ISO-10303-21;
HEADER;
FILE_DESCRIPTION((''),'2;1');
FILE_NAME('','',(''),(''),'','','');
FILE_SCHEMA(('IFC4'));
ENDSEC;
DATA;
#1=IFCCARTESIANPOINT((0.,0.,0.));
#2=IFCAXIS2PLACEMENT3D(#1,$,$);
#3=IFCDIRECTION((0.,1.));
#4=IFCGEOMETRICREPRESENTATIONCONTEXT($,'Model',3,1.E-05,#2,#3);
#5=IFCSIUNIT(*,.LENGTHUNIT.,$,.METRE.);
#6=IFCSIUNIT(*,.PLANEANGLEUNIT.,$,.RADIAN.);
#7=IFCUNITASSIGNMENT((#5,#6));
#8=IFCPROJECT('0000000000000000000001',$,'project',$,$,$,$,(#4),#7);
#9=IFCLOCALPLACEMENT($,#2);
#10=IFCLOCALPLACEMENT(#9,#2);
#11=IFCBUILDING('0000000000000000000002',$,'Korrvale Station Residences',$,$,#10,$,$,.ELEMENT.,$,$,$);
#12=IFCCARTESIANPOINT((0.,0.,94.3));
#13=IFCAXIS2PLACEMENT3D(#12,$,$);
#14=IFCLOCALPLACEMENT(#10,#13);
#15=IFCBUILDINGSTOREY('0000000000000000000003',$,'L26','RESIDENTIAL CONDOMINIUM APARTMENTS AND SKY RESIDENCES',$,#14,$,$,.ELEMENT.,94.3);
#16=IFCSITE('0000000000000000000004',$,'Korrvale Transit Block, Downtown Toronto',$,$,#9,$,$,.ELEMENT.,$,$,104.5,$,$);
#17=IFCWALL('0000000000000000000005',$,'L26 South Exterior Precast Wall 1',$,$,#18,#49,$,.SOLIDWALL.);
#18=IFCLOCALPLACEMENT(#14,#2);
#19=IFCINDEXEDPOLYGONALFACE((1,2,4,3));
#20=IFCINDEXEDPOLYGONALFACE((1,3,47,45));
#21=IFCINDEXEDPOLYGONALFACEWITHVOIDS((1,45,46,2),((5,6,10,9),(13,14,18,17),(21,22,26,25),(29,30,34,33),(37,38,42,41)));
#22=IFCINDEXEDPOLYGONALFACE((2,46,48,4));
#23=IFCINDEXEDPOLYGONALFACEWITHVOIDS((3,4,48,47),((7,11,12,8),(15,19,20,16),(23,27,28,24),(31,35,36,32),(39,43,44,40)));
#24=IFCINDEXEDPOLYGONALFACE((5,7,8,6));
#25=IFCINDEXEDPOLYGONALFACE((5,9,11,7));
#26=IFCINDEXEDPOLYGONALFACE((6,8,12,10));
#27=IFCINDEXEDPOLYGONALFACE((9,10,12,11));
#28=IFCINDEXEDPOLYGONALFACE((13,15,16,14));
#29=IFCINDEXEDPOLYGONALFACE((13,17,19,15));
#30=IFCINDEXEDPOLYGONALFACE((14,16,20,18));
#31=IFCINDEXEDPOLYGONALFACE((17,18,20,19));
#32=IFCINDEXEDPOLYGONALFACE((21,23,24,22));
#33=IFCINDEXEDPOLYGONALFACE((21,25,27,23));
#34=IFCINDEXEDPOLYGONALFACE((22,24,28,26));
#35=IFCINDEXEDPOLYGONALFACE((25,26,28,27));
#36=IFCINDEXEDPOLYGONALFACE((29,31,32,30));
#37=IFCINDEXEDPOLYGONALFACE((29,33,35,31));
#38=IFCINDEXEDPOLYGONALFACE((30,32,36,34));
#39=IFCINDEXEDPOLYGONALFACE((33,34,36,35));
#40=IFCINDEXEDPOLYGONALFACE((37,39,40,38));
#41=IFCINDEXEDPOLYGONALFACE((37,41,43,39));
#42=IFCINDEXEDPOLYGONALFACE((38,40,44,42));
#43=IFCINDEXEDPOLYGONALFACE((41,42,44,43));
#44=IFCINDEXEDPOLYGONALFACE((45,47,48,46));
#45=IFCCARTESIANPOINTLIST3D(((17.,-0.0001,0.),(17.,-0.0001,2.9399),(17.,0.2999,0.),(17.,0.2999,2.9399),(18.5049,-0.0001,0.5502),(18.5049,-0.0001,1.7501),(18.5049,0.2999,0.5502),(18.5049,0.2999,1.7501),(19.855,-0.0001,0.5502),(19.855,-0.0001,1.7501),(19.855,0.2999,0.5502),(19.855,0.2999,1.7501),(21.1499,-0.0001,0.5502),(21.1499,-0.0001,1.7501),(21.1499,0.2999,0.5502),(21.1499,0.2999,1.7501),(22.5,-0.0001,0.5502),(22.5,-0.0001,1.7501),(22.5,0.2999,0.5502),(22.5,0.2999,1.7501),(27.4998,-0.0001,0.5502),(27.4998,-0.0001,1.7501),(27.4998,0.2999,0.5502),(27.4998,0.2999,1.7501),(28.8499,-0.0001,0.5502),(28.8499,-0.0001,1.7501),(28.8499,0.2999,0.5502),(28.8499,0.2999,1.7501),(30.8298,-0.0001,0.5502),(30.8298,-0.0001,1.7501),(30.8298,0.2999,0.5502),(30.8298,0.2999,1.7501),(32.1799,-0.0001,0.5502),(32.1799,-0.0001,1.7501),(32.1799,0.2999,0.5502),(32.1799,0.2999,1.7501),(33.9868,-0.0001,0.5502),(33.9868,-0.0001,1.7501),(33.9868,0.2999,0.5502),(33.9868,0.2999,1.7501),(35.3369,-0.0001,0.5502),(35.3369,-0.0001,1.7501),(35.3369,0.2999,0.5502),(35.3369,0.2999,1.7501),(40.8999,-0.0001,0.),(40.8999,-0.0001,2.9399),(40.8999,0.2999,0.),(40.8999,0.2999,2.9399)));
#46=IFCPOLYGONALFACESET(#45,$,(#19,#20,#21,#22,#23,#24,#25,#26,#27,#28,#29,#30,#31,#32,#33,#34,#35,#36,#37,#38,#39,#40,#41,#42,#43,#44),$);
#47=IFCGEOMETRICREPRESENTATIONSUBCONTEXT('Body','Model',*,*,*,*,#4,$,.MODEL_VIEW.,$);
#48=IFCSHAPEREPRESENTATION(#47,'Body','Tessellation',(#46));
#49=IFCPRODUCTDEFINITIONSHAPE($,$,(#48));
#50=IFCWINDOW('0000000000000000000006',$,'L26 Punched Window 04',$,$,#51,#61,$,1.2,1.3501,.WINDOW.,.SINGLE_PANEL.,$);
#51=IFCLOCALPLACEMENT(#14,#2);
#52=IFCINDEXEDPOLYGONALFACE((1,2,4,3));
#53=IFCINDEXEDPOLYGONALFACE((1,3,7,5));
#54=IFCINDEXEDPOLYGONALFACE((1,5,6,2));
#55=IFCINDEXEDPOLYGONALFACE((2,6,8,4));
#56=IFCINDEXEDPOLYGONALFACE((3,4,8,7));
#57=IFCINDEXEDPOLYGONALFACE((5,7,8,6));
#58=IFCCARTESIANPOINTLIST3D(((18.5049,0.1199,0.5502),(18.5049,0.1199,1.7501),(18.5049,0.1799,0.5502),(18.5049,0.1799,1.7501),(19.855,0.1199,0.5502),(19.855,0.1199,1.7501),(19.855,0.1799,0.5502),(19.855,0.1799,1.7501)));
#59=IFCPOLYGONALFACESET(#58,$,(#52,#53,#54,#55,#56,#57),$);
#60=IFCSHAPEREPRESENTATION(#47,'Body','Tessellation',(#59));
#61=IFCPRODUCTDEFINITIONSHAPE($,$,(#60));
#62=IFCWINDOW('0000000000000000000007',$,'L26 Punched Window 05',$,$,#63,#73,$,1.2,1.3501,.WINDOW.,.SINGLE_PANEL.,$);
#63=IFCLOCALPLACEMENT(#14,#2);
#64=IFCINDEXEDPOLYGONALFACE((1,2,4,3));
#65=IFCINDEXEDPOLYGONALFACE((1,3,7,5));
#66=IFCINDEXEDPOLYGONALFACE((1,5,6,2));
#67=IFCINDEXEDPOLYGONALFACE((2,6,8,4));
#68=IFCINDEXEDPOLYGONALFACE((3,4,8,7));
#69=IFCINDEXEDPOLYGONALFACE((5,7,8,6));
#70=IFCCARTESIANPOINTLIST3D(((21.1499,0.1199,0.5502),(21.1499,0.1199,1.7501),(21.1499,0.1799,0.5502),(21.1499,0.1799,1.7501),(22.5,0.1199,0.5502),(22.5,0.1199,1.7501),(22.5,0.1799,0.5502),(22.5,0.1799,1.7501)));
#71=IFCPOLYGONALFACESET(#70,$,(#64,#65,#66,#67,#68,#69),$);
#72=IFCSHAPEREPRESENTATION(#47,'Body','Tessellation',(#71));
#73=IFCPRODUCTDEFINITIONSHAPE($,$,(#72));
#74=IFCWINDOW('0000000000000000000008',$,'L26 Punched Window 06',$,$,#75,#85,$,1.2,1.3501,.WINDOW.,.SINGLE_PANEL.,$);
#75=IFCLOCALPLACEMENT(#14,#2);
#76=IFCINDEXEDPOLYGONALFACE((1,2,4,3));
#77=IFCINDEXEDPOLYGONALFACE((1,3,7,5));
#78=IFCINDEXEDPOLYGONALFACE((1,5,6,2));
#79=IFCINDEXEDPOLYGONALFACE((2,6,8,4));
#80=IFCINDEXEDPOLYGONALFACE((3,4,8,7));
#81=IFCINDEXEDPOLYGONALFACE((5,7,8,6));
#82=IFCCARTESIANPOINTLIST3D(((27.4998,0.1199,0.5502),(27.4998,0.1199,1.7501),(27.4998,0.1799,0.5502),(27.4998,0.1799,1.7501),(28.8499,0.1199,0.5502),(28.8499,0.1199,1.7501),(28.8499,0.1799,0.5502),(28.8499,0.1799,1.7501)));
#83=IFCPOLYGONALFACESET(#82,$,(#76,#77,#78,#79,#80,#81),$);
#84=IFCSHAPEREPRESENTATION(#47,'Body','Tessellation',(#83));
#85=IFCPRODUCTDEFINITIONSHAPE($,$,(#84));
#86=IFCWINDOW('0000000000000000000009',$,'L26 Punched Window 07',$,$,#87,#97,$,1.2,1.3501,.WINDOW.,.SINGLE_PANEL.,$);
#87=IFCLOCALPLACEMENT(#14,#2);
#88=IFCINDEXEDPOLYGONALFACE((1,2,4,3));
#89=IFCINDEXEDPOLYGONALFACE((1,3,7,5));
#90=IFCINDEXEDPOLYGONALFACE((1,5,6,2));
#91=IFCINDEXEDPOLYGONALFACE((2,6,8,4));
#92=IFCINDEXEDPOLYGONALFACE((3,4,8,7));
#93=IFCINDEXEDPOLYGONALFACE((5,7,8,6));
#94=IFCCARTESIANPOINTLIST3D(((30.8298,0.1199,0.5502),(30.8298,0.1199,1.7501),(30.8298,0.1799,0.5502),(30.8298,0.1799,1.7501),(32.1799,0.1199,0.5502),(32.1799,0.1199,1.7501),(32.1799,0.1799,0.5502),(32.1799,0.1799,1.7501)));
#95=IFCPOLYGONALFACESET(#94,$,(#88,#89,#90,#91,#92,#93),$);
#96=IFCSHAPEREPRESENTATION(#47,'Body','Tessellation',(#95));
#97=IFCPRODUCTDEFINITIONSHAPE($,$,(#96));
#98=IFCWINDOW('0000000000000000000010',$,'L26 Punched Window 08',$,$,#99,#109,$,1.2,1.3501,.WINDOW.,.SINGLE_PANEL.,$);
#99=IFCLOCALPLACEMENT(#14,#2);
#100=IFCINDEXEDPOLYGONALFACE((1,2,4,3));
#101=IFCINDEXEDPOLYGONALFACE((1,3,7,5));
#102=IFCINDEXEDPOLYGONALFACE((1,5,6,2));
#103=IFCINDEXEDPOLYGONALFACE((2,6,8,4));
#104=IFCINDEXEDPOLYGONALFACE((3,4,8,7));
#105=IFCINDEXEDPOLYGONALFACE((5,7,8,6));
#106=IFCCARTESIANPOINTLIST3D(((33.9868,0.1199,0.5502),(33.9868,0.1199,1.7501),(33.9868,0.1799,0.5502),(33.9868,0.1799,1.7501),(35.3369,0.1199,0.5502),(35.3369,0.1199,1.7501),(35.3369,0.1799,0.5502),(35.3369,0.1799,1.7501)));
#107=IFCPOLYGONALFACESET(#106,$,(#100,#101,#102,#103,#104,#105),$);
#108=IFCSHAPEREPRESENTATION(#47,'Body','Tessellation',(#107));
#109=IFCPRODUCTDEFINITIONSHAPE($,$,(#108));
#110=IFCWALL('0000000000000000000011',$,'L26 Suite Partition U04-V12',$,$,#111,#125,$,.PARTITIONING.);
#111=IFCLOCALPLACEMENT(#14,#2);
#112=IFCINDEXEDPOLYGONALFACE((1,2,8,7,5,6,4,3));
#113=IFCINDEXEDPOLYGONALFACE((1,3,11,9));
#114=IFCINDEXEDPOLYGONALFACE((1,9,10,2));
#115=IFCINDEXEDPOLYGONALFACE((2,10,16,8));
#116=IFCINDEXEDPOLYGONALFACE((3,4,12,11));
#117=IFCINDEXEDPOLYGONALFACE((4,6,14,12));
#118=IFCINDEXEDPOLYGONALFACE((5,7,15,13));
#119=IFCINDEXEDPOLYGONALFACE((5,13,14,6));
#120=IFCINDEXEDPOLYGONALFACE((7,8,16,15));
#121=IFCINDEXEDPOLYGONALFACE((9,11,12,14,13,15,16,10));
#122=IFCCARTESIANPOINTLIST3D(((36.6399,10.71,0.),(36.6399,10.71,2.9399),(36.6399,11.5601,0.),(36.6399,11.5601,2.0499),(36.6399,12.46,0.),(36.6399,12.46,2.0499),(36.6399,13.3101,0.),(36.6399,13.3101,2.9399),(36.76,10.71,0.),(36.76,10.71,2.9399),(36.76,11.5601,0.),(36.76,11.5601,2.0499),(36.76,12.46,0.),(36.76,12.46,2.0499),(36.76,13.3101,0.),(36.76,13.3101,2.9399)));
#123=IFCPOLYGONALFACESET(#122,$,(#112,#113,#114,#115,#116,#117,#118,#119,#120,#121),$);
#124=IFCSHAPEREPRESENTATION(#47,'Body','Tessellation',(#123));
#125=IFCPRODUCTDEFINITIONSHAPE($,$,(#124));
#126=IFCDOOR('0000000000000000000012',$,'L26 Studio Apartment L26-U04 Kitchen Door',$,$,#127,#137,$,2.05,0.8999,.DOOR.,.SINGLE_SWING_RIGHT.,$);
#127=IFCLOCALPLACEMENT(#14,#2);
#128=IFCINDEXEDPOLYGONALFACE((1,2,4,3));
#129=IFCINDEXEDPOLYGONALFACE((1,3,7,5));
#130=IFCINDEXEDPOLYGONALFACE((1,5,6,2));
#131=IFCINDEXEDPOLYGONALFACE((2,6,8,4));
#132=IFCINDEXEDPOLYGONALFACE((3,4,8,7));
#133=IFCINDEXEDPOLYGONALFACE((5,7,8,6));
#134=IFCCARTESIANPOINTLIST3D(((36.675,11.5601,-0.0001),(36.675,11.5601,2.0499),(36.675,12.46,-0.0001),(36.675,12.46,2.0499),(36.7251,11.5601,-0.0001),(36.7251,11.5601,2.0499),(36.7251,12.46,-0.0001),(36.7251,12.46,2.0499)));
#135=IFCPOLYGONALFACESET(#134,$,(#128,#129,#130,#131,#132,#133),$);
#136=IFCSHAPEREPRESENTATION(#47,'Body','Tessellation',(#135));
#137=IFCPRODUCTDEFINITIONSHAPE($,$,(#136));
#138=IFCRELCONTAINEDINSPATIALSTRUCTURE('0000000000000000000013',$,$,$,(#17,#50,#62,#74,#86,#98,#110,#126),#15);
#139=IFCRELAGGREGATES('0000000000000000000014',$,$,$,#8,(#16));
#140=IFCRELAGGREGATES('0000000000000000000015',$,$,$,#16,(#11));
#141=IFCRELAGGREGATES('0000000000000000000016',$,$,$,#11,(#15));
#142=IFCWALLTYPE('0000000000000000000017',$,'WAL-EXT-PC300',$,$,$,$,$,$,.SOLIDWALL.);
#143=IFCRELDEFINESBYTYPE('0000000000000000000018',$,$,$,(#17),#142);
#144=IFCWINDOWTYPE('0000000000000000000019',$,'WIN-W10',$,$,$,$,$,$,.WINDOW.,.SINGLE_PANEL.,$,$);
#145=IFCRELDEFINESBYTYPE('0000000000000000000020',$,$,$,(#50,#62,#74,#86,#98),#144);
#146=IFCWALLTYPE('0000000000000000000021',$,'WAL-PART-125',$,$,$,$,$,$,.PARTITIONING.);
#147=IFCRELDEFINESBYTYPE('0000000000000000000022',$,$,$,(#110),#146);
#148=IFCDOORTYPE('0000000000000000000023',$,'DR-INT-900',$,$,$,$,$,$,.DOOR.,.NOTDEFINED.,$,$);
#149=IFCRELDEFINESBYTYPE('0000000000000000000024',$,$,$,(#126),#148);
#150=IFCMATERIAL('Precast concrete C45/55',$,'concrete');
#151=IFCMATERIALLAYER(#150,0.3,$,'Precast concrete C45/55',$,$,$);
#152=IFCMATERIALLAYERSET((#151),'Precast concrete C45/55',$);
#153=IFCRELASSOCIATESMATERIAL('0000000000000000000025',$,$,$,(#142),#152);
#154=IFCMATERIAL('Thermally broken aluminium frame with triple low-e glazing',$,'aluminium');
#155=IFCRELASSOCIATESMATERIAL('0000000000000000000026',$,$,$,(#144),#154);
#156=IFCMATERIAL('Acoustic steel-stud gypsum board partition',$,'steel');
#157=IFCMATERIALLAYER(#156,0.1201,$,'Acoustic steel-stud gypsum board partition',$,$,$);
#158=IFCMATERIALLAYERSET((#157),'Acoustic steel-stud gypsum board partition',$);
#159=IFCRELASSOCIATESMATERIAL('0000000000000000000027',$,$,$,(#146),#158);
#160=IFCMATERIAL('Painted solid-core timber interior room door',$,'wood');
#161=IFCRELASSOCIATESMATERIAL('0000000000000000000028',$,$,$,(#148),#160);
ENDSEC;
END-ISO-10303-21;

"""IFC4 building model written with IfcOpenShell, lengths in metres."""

from ifc_helpers import new_model, si_unit, direction, frame, frame_2d, origin, place, context, subcontext, project, spatial, rectangle, extrude, material, layer, layer_set, type_object, element, fill, save


model = new_model("IFC4")

# Units and contexts
model_context = context("Model", 3, precision=1e-05, world=origin(), true_north=direction((0.0, 1.0)))
body_context = subcontext(model_context, "Body", "Model", "MODEL_VIEW")
ifc_project = project(units=[si_unit("LENGTHUNIT", "METRE"), si_unit("PLANEANGLEUNIT", "RADIAN")], contexts=[model_context])

# Site, building, storey
site_placement = place(None, origin())
site = spatial("IfcSite", under=ifc_project, at=site_placement, Name="Korrvale Transit Block, Downtown Toronto", CompositionType="ELEMENT", RefElevation=104.5)
building_placement = place(site_placement, origin())
building = spatial("IfcBuilding", under=site, at=building_placement, Name="Korrvale Station Residences", CompositionType="ELEMENT")
storey_placement = place(building_placement, frame((0.0, 0.0, 94.3)))
storey = spatial("IfcBuildingStorey", under=building, at=storey_placement, Name="L26", Description="RESIDENTIAL CONDOMINIUM APARTMENTS AND SKY RESIDENCES", CompositionType="ELEMENT", Elevation=94.3)

# Shared definitions
ifc_material_1 = material(Name="Precast concrete C45/55", Category="concrete")

# Wall, openings, windows
ifc_layer_1 = layer(ifc_material_1, 0.3, Name="Precast concrete C45/55")
ifc_layer_set_1 = layer_set([ifc_layer_1], Name="Precast concrete C45/55")
wall_type_1 = type_object("IfcWallType", Name="WAL-EXT-PC300", PredefinedType="SOLIDWALL", material=ifc_layer_set_1)
wall_1_placement = place(storey_placement, frame((40.8999, 0.1499, 0.0), z_axis=(0.0, 0.0, 1.0), x_axis=(-1.0, 0.0, 0.0)))
wall_1 = element("IfcWall", 1, at=wall_1_placement, inside=storey, type_object=wall_type_1, Name="L26 South Exterior Precast Wall 1", PredefinedType="SOLIDWALL", context=body_context, shape_type="SweptSolid", body=[
    extrude(rectangle(XDim=23.8999, YDim=0.3, at=frame_2d((11.95, 0.0))), origin(), (0.0, 0.0, 1.0), 2.9399),
])
opening_1_placement = place(wall_1_placement, frame((21.0449, 0.0, 0.55)))
opening_1 = element("IfcOpeningElement", 2, at=opening_1_placement, cuts=wall_1, PredefinedType="OPENING", context=body_context, shape_type="SweptSolid", body=[
    extrude(rectangle(XDim=1.3501, YDim=1.2, at=frame_2d((0.675, 0.6001))), frame((0.0, 0.1602, 0.0), z_axis=(0.0, -1.0, 0.0), x_axis=(1.0, 0.0, 0.0)), (0.0, 0.0, 1.0), 0.3201),
])
opening_2_placement = place(wall_1_placement, frame((18.3999, 0.0, 0.55)))
opening_2 = element("IfcOpeningElement", 3, at=opening_2_placement, cuts=wall_1, PredefinedType="OPENING", context=body_context, shape_type="SweptSolid", body=[
    extrude(rectangle(XDim=1.3501, YDim=1.2, at=frame_2d((0.675, 0.6001))), frame((0.0, 0.1602, 0.0), z_axis=(0.0, -1.0, 0.0), x_axis=(1.0, 0.0, 0.0)), (0.0, 0.0, 1.0), 0.3201),
])
opening_3_placement = place(wall_1_placement, frame((12.05, 0.0, 0.55)))
opening_3 = element("IfcOpeningElement", 4, at=opening_3_placement, cuts=wall_1, PredefinedType="OPENING", context=body_context, shape_type="SweptSolid", body=[
    extrude(rectangle(XDim=1.3501, YDim=1.2, at=frame_2d((0.675, 0.6001))), frame((0.0, 0.1602, 0.0), z_axis=(0.0, -1.0, 0.0), x_axis=(1.0, 0.0, 0.0)), (0.0, 0.0, 1.0), 0.3201),
])
opening_4_placement = place(wall_1_placement, frame((8.72, 0.0, 0.55)))
opening_4 = element("IfcOpeningElement", 5, at=opening_4_placement, cuts=wall_1, PredefinedType="OPENING", context=body_context, shape_type="SweptSolid", body=[
    extrude(rectangle(XDim=1.3501, YDim=1.2, at=frame_2d((0.675, 0.6001))), frame((0.0, 0.1602, 0.0), z_axis=(0.0, -1.0, 0.0), x_axis=(1.0, 0.0, 0.0)), (0.0, 0.0, 1.0), 0.3201),
])
opening_5_placement = place(wall_1_placement, frame((5.563, 0.0, 0.55)))
opening_5 = element("IfcOpeningElement", 6, at=opening_5_placement, cuts=wall_1, PredefinedType="OPENING", context=body_context, shape_type="SweptSolid", body=[
    extrude(rectangle(XDim=1.3501, YDim=1.2, at=frame_2d((0.675, 0.6001))), frame((0.0, 0.1602, 0.0), z_axis=(0.0, -1.0, 0.0), x_axis=(1.0, 0.0, 0.0)), (0.0, 0.0, 1.0), 0.3201),
])
ifc_material_2 = material(Name="Thermally broken aluminium frame with triple low-e glazing", Category="aluminium")
window_type = type_object("IfcWindowType", Name="WIN-W10", PartitioningType="SINGLE_PANEL", PredefinedType="WINDOW", material=ifc_material_2)
window_1_placement = place(opening_1_placement, origin())
window_1 = element("IfcWindow", 7, at=window_1_placement, inside=storey, type_object=window_type, Name="L26 Punched Window 04", OverallHeight=1.2, OverallWidth=1.3501, PartitioningType="SINGLE_PANEL", PredefinedType="WINDOW", context=body_context, shape_type="SweptSolid", body=[
    extrude(rectangle(XDim=1.3501, YDim=1.2, at=frame_2d((0.675, 0.6001))), frame((0.0, 0.03, 0.0), z_axis=(0.0, -1.0, 0.0), x_axis=(1.0, 0.0, 0.0)), (0.0, 0.0, 1.0), 0.0601),
])
fill(opening_1, window_1)
window_2_placement = place(opening_2_placement, origin())
window_2 = element("IfcWindow", 8, at=window_2_placement, inside=storey, type_object=window_type, Name="L26 Punched Window 05", OverallHeight=1.2, OverallWidth=1.3501, PartitioningType="SINGLE_PANEL", PredefinedType="WINDOW", context=body_context, shape_type="SweptSolid", body=[
    extrude(rectangle(XDim=1.3501, YDim=1.2, at=frame_2d((0.675, 0.6001))), frame((0.0, 0.03, 0.0), z_axis=(0.0, -1.0, 0.0), x_axis=(1.0, 0.0, 0.0)), (0.0, 0.0, 1.0), 0.0601),
])
fill(opening_2, window_2)
window_3_placement = place(opening_3_placement, origin())
window_3 = element("IfcWindow", 9, at=window_3_placement, inside=storey, type_object=window_type, Name="L26 Punched Window 06", OverallHeight=1.2, OverallWidth=1.3501, PartitioningType="SINGLE_PANEL", PredefinedType="WINDOW", context=body_context, shape_type="SweptSolid", body=[
    extrude(rectangle(XDim=1.3501, YDim=1.2, at=frame_2d((0.675, 0.6001))), frame((0.0, 0.03, 0.0), z_axis=(0.0, -1.0, 0.0), x_axis=(1.0, 0.0, 0.0)), (0.0, 0.0, 1.0), 0.0601),
])
fill(opening_3, window_3)
window_4_placement = place(opening_4_placement, origin())
window_4 = element("IfcWindow", 10, at=window_4_placement, inside=storey, type_object=window_type, Name="L26 Punched Window 07", OverallHeight=1.2, OverallWidth=1.3501, PartitioningType="SINGLE_PANEL", PredefinedType="WINDOW", context=body_context, shape_type="SweptSolid", body=[
    extrude(rectangle(XDim=1.3501, YDim=1.2, at=frame_2d((0.675, 0.6001))), frame((0.0, 0.03, 0.0), z_axis=(0.0, -1.0, 0.0), x_axis=(1.0, 0.0, 0.0)), (0.0, 0.0, 1.0), 0.0601),
])
fill(opening_4, window_4)
window_5_placement = place(opening_5_placement, origin())
window_5 = element("IfcWindow", 11, at=window_5_placement, inside=storey, type_object=window_type, Name="L26 Punched Window 08", OverallHeight=1.2, OverallWidth=1.3501, PartitioningType="SINGLE_PANEL", PredefinedType="WINDOW", context=body_context, shape_type="SweptSolid", body=[
    extrude(rectangle(XDim=1.3501, YDim=1.2, at=frame_2d((0.675, 0.6001))), frame((0.0, 0.03, 0.0), z_axis=(0.0, -1.0, 0.0), x_axis=(1.0, 0.0, 0.0)), (0.0, 0.0, 1.0), 0.0601),
])
fill(opening_5, window_5)

# Wall, opening, door
ifc_material_3 = material(Name="Acoustic steel-stud gypsum board partition", Category="steel")
ifc_layer_2 = layer(ifc_material_3, 0.1201, Name="Acoustic steel-stud gypsum board partition")
ifc_layer_set_2 = layer_set([ifc_layer_2], Name="Acoustic steel-stud gypsum board partition")
wall_type_2 = type_object("IfcWallType", Name="WAL-PART-125", PredefinedType="PARTITIONING", material=ifc_layer_set_2)
wall_2_placement = place(storey_placement, frame((36.7, 10.71, 0.0), z_axis=(0.0, 0.0, 1.0), x_axis=(0.0, 1.0, 0.0)))
wall_2 = element("IfcWall", 12, at=wall_2_placement, inside=storey, type_object=wall_type_2, Name="L26 Suite Partition U04-V12", PredefinedType="PARTITIONING", context=body_context, shape_type="SweptSolid", body=[
    extrude(rectangle(XDim=2.6001, YDim=0.1201, at=frame_2d((1.3, 0.0))), origin(), (0.0, 0.0, 1.0), 2.9399),
])
opening_6_placement = place(wall_2_placement, frame((0.8501, 0.0, 0.0)))
opening_6 = element("IfcOpeningElement", 13, at=opening_6_placement, cuts=wall_2, PredefinedType="OPENING", context=body_context, shape_type="SweptSolid", body=[
    extrude(rectangle(XDim=0.8999, YDim=2.05, at=frame_2d((0.45, 1.0249))), frame((0.0, 0.0701, 0.0), z_axis=(0.0, -1.0, 0.0), x_axis=(1.0, 0.0, 0.0)), (0.0, 0.0, 1.0), 0.1401),
])
ifc_material_4 = material(Name="Painted solid-core timber interior room door", Category="wood")
door_type = type_object("IfcDoorType", Name="DR-INT-900", OperationType="NOTDEFINED", PredefinedType="DOOR", material=ifc_material_4)
door_1_placement = place(opening_6_placement, origin())
door_1 = element("IfcDoor", 14, at=door_1_placement, inside=storey, type_object=door_type, Name="L26 Studio Apartment L26-U04 Kitchen Door", OperationType="SINGLE_SWING_RIGHT", OverallHeight=2.05, OverallWidth=0.8999, PredefinedType="DOOR", context=body_context, shape_type="SweptSolid", body=[
    extrude(rectangle(XDim=0.8999, YDim=2.05, at=frame_2d((0.45, 1.0249))), frame((0.0, 0.0249, 0.0), z_axis=(0.0, -1.0, 0.0), x_axis=(1.0, 0.0, 0.0)), (0.0, 0.0, 1.0), 0.05),
])
fill(opening_6, door_1)

save(model, "model.ifc")
